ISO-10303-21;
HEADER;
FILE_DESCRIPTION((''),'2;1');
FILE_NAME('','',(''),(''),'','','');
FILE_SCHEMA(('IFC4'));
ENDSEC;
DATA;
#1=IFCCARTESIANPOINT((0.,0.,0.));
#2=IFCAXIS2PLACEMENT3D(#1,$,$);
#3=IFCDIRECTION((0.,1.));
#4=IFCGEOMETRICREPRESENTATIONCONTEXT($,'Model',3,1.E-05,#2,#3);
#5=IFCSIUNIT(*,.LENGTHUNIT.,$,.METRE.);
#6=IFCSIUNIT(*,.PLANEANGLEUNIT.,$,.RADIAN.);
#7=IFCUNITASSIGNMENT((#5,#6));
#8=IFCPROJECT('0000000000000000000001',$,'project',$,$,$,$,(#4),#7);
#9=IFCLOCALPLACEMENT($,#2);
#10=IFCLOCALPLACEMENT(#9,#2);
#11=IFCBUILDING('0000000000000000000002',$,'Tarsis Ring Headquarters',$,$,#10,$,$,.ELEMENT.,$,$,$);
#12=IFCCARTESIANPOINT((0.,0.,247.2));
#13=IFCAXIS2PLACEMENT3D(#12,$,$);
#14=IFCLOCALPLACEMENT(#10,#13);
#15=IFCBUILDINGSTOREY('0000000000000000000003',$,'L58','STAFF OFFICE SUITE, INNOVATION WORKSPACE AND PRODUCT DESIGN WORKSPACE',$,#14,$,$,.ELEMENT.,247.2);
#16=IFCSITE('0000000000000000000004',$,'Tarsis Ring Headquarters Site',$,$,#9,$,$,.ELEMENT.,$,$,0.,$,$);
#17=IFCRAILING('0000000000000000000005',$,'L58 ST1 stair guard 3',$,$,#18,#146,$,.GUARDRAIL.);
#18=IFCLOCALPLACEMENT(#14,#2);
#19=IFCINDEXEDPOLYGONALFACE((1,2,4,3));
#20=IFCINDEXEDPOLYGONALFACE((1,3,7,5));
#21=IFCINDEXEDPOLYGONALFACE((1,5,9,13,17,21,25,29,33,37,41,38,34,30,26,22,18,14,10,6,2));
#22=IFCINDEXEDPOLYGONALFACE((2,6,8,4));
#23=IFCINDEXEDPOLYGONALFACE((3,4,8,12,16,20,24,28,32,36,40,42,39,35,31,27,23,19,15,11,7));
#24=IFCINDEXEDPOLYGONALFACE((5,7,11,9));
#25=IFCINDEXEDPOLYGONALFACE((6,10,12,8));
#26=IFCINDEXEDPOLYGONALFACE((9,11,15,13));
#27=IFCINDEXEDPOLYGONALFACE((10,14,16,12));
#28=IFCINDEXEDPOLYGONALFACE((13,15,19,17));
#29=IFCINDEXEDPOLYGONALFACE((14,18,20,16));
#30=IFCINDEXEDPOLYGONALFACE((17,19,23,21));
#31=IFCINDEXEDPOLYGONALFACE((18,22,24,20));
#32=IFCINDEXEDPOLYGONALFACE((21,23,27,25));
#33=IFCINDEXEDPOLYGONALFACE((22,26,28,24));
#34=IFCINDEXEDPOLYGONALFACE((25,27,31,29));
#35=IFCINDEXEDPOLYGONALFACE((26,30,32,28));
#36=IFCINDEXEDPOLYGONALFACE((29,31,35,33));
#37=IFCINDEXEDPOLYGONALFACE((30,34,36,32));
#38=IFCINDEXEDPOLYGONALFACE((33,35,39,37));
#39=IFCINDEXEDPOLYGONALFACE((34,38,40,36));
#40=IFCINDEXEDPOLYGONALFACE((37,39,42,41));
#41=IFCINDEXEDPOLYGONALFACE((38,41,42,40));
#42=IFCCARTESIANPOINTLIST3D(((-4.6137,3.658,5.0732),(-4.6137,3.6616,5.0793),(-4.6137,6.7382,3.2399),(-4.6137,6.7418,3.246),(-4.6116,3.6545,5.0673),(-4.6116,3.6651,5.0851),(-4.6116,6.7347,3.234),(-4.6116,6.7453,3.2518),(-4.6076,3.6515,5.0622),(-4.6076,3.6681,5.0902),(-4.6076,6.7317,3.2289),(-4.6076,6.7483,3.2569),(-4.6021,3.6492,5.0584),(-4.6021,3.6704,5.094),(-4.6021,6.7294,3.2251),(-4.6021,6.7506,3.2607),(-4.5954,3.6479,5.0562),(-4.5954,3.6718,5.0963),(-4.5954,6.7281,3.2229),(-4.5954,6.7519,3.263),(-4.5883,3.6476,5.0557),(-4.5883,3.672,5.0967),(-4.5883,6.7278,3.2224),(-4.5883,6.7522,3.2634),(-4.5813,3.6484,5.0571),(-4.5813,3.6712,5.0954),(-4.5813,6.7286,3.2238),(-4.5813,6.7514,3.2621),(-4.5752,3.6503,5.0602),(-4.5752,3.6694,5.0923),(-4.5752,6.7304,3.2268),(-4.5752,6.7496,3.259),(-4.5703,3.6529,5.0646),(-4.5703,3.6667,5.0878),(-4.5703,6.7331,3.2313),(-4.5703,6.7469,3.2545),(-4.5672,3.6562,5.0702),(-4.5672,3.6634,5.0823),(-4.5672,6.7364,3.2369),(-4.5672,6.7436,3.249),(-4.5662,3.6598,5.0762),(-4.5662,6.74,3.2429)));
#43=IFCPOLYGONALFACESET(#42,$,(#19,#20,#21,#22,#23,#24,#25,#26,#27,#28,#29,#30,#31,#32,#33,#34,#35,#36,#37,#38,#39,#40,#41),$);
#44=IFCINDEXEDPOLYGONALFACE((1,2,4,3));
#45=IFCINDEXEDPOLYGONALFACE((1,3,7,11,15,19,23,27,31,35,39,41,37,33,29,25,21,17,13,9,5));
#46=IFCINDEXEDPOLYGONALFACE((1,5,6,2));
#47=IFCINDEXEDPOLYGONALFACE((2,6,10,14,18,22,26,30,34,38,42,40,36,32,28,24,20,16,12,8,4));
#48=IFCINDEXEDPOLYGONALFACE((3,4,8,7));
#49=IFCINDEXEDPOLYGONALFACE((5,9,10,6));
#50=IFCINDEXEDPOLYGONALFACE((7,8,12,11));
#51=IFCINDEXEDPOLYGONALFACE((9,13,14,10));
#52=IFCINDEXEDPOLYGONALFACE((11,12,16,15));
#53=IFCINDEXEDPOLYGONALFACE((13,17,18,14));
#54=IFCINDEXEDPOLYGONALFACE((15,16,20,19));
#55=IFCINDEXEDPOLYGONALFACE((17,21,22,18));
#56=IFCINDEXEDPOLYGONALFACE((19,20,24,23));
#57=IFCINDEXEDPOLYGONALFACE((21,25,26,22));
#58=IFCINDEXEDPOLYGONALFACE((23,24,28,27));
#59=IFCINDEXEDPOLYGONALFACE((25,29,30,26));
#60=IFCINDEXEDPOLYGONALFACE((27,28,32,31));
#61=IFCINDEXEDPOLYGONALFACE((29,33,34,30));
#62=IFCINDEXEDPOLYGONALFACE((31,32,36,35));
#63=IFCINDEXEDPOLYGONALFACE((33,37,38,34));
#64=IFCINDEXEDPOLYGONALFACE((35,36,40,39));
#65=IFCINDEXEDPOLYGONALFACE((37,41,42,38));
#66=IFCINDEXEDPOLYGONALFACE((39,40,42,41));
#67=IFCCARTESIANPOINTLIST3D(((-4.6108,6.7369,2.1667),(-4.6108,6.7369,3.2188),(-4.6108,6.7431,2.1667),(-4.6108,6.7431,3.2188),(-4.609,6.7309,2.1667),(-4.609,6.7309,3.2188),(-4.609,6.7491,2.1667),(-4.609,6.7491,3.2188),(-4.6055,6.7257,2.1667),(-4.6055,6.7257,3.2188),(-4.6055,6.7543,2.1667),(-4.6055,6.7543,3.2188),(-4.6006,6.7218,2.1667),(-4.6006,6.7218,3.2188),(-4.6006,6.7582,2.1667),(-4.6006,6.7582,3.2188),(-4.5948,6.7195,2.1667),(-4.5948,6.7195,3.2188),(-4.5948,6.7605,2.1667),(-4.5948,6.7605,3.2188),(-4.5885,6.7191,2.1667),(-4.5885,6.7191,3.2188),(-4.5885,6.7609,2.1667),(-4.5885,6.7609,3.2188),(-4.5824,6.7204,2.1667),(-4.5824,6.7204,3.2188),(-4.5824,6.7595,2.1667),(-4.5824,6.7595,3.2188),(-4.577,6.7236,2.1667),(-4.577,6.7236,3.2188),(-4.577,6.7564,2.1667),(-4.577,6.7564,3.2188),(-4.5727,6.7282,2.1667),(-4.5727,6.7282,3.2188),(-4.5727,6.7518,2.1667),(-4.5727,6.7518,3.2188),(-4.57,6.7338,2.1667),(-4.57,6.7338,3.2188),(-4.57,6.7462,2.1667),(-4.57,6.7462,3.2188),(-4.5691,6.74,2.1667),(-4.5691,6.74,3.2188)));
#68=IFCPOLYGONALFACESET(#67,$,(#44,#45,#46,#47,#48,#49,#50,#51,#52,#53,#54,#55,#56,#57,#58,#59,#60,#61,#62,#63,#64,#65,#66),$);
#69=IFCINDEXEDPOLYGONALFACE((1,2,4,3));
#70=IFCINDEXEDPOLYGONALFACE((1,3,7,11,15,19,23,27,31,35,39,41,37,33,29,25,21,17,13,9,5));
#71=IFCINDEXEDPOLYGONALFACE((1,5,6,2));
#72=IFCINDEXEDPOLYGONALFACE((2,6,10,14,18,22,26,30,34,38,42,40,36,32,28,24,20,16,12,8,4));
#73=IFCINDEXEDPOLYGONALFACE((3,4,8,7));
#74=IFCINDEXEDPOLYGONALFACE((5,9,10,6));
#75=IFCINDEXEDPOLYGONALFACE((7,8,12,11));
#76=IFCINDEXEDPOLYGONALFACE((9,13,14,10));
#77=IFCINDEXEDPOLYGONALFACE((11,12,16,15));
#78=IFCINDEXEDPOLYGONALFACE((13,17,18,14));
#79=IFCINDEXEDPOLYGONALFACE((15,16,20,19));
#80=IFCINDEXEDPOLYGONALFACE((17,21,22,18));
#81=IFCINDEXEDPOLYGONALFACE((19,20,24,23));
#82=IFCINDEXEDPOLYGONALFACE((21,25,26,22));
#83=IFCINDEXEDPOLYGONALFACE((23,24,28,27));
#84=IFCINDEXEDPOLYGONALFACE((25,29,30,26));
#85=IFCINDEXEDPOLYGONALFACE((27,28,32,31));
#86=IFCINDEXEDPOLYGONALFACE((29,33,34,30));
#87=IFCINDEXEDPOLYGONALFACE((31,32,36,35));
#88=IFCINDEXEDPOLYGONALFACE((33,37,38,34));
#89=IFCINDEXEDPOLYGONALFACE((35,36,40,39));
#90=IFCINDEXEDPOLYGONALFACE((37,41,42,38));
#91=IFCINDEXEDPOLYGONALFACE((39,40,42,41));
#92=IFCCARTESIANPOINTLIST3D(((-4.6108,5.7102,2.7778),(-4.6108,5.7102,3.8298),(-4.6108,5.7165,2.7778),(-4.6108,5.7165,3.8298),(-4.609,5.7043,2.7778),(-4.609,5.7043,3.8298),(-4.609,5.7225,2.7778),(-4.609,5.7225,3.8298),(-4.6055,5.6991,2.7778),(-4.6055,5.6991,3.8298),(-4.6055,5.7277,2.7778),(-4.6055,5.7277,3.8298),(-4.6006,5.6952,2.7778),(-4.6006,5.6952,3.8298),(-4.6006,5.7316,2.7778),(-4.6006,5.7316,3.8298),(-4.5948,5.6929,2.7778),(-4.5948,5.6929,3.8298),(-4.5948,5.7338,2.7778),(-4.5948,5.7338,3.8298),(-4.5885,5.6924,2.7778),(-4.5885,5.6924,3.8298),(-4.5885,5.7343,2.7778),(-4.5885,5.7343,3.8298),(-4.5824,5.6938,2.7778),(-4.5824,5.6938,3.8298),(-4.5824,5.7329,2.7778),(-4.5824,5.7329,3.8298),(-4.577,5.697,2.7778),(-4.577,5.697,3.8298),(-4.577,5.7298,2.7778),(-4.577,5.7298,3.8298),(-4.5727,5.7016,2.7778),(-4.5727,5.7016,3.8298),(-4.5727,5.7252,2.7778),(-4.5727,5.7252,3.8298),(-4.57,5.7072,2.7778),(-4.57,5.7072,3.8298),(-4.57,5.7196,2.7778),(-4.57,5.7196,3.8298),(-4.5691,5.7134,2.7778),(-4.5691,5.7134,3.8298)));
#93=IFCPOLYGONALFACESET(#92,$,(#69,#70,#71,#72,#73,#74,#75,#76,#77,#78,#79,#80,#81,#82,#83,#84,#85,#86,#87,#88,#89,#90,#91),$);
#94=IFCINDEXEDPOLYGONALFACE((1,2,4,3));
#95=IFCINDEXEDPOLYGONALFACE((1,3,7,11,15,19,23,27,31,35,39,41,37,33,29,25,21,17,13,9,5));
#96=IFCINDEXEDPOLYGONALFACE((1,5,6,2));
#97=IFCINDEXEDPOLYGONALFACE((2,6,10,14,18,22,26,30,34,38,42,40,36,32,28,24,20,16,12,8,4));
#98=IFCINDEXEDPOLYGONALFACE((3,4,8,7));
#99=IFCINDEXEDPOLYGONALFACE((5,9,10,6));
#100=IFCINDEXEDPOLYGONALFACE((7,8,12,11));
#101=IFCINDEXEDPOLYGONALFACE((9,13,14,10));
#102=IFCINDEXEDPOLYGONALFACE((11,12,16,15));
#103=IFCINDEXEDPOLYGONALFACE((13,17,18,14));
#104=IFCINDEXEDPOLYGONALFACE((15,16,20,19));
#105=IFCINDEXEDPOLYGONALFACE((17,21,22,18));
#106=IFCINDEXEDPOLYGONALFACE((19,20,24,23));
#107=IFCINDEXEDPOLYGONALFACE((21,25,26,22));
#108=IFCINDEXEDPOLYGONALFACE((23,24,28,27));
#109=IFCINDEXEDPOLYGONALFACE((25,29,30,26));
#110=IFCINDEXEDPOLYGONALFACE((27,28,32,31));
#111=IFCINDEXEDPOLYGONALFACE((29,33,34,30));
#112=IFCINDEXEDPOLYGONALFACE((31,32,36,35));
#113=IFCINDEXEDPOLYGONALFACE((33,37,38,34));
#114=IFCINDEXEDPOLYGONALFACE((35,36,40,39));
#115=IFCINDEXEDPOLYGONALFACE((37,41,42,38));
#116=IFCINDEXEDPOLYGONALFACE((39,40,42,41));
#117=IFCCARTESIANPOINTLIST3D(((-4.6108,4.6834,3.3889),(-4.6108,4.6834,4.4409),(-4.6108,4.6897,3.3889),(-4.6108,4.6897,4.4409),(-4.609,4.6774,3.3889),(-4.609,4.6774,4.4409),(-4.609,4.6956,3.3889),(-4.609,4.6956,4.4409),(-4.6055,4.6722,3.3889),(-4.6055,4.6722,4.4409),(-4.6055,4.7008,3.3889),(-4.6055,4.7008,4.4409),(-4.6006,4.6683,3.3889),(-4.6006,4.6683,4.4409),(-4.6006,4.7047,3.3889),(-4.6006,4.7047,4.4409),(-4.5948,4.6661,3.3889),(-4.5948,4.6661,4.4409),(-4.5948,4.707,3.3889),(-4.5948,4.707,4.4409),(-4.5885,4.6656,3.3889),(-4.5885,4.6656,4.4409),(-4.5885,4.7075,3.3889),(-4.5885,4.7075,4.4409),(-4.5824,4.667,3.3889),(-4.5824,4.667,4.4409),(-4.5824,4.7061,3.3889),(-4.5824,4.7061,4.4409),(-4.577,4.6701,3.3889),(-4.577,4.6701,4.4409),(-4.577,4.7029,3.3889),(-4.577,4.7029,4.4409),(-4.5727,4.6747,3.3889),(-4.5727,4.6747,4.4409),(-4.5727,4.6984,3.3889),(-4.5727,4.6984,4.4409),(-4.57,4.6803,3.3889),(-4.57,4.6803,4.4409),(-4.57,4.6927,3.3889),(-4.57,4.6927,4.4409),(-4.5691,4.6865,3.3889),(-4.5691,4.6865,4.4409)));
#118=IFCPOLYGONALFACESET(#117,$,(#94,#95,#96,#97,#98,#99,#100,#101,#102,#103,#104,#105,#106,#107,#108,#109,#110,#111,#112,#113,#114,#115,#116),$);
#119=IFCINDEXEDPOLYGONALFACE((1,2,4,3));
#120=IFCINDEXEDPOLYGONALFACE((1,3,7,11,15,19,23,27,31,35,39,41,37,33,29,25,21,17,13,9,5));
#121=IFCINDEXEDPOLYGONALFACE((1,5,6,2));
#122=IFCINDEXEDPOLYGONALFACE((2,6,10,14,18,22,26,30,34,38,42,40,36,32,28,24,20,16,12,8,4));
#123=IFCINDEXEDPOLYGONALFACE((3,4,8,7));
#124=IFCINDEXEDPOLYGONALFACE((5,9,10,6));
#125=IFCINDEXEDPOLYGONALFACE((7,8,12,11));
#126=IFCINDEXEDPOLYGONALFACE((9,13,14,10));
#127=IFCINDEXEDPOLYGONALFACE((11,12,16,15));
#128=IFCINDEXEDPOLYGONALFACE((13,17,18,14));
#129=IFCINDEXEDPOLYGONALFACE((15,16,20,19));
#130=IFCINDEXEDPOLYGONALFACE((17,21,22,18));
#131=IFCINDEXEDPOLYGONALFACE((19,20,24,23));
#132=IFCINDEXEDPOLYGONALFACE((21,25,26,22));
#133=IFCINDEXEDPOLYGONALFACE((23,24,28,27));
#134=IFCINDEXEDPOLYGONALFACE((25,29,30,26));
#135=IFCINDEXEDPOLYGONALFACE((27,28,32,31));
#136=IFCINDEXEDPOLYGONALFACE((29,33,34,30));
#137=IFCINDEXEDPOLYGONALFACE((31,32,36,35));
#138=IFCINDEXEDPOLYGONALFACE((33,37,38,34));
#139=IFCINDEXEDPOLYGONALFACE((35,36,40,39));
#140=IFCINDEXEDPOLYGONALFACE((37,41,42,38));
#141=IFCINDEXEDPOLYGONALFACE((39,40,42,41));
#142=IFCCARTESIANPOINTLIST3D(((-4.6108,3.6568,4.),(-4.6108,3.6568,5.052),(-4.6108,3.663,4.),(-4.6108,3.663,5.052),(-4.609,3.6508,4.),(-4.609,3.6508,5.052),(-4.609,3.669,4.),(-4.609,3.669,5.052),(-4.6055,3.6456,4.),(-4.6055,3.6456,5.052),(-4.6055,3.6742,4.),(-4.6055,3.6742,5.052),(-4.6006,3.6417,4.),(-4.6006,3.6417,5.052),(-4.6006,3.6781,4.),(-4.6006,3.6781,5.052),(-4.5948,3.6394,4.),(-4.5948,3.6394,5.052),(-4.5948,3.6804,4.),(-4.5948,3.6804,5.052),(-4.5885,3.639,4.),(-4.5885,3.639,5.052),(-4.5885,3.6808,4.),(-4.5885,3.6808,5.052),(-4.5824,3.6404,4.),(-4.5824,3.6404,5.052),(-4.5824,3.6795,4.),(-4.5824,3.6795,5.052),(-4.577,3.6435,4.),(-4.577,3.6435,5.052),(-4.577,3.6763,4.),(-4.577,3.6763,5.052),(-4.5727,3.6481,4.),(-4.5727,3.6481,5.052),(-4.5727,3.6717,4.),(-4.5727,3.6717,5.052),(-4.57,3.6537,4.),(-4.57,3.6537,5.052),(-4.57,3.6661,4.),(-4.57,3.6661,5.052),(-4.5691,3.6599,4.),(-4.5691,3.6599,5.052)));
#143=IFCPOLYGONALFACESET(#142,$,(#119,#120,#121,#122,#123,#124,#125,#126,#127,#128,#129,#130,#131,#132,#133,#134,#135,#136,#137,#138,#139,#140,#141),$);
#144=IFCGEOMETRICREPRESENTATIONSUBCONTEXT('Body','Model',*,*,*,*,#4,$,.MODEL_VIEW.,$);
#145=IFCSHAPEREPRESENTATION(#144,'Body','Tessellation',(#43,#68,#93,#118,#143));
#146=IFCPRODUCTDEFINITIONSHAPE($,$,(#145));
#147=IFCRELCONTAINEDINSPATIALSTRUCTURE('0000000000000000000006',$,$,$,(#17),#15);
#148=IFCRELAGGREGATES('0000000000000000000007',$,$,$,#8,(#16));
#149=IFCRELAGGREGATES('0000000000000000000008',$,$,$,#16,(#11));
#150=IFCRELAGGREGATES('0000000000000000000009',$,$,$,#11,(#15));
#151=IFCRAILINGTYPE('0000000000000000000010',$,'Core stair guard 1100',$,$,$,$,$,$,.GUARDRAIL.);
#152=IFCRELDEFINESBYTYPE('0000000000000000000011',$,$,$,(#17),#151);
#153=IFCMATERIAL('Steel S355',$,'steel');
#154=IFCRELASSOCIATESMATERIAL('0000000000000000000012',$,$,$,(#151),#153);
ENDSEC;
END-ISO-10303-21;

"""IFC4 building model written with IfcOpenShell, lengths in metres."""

from ifc_helpers import new_model, si_unit, direction, frame, origin, origin_2d, place, context, subcontext, project, spatial, circle, extrude, material, type_object, element, save


model = new_model("IFC4")

# Units and contexts
model_context = context("Model", 3, precision=1e-05, world=origin(), true_north=direction((0.0, 1.0)))
body_context = subcontext(model_context, "Body", "Model", "MODEL_VIEW")
ifc_project = project(units=[si_unit("LENGTHUNIT", "METRE"), si_unit("PLANEANGLEUNIT", "RADIAN")], contexts=[model_context])

# Site, building, storey
site_placement = place(None, origin())
site = spatial("IfcSite", under=ifc_project, at=site_placement, Name="Tarsis Ring Headquarters Site", CompositionType="ELEMENT", RefElevation=0.0)
building_placement = place(site_placement, origin())
building = spatial("IfcBuilding", under=site, at=building_placement, Name="Tarsis Ring Headquarters", CompositionType="ELEMENT")
storey_placement = place(building_placement, frame((0.0, 0.0, 247.2)))
storey = spatial("IfcBuildingStorey", under=building, at=storey_placement, Name="L58", Description="STAFF OFFICE SUITE, INNOVATION WORKSPACE AND PRODUCT DESIGN WORKSPACE", CompositionType="ELEMENT", Elevation=247.2)

# Shared definitions
ifc_material_1 = material(Name="Steel S355", Category="steel")

# Railing
railing_type_1 = type_object("IfcRailingType", Name="Core stair guard 1100", PredefinedType="GUARDRAIL", material=ifc_material_1)
railing_1_placement = place(storey_placement, frame((-4.5901, 6.74, 2.1667)))
element("IfcRailing", 1, at=railing_1_placement, inside=storey, type_object=railing_type_1, Name="L58 ST1 stair guard 3", PredefinedType="GUARDRAIL", context=body_context, shape_type="SweptSolid", body=[
    extrude(circle(Radius=0.0239, at=origin_2d()), frame((0.0, 0.0, 1.0762), z_axis=(0.0, -0.859309, 0.511458), x_axis=(1.0, 0.0, 0.0)), (0.0, 0.0, 1.0), 3.5845),
    extrude(circle(Radius=0.021, at=origin_2d()), origin(), (0.0, 0.0, 1.0), 1.052),
    extrude(circle(Radius=0.021, at=origin_2d()), frame((0.0, -1.0266, 0.6111)), (0.0, 0.0, 1.0), 1.052),
    extrude(circle(Radius=0.021, at=origin_2d()), frame((0.0, -2.0535, 1.2222)), (0.0, 0.0, 1.0), 1.052),
    extrude(circle(Radius=0.021, at=origin_2d()), frame((0.0, -3.0801, 1.8333)), (0.0, 0.0, 1.0), 1.052),
])

save(model, "model.ifc")
